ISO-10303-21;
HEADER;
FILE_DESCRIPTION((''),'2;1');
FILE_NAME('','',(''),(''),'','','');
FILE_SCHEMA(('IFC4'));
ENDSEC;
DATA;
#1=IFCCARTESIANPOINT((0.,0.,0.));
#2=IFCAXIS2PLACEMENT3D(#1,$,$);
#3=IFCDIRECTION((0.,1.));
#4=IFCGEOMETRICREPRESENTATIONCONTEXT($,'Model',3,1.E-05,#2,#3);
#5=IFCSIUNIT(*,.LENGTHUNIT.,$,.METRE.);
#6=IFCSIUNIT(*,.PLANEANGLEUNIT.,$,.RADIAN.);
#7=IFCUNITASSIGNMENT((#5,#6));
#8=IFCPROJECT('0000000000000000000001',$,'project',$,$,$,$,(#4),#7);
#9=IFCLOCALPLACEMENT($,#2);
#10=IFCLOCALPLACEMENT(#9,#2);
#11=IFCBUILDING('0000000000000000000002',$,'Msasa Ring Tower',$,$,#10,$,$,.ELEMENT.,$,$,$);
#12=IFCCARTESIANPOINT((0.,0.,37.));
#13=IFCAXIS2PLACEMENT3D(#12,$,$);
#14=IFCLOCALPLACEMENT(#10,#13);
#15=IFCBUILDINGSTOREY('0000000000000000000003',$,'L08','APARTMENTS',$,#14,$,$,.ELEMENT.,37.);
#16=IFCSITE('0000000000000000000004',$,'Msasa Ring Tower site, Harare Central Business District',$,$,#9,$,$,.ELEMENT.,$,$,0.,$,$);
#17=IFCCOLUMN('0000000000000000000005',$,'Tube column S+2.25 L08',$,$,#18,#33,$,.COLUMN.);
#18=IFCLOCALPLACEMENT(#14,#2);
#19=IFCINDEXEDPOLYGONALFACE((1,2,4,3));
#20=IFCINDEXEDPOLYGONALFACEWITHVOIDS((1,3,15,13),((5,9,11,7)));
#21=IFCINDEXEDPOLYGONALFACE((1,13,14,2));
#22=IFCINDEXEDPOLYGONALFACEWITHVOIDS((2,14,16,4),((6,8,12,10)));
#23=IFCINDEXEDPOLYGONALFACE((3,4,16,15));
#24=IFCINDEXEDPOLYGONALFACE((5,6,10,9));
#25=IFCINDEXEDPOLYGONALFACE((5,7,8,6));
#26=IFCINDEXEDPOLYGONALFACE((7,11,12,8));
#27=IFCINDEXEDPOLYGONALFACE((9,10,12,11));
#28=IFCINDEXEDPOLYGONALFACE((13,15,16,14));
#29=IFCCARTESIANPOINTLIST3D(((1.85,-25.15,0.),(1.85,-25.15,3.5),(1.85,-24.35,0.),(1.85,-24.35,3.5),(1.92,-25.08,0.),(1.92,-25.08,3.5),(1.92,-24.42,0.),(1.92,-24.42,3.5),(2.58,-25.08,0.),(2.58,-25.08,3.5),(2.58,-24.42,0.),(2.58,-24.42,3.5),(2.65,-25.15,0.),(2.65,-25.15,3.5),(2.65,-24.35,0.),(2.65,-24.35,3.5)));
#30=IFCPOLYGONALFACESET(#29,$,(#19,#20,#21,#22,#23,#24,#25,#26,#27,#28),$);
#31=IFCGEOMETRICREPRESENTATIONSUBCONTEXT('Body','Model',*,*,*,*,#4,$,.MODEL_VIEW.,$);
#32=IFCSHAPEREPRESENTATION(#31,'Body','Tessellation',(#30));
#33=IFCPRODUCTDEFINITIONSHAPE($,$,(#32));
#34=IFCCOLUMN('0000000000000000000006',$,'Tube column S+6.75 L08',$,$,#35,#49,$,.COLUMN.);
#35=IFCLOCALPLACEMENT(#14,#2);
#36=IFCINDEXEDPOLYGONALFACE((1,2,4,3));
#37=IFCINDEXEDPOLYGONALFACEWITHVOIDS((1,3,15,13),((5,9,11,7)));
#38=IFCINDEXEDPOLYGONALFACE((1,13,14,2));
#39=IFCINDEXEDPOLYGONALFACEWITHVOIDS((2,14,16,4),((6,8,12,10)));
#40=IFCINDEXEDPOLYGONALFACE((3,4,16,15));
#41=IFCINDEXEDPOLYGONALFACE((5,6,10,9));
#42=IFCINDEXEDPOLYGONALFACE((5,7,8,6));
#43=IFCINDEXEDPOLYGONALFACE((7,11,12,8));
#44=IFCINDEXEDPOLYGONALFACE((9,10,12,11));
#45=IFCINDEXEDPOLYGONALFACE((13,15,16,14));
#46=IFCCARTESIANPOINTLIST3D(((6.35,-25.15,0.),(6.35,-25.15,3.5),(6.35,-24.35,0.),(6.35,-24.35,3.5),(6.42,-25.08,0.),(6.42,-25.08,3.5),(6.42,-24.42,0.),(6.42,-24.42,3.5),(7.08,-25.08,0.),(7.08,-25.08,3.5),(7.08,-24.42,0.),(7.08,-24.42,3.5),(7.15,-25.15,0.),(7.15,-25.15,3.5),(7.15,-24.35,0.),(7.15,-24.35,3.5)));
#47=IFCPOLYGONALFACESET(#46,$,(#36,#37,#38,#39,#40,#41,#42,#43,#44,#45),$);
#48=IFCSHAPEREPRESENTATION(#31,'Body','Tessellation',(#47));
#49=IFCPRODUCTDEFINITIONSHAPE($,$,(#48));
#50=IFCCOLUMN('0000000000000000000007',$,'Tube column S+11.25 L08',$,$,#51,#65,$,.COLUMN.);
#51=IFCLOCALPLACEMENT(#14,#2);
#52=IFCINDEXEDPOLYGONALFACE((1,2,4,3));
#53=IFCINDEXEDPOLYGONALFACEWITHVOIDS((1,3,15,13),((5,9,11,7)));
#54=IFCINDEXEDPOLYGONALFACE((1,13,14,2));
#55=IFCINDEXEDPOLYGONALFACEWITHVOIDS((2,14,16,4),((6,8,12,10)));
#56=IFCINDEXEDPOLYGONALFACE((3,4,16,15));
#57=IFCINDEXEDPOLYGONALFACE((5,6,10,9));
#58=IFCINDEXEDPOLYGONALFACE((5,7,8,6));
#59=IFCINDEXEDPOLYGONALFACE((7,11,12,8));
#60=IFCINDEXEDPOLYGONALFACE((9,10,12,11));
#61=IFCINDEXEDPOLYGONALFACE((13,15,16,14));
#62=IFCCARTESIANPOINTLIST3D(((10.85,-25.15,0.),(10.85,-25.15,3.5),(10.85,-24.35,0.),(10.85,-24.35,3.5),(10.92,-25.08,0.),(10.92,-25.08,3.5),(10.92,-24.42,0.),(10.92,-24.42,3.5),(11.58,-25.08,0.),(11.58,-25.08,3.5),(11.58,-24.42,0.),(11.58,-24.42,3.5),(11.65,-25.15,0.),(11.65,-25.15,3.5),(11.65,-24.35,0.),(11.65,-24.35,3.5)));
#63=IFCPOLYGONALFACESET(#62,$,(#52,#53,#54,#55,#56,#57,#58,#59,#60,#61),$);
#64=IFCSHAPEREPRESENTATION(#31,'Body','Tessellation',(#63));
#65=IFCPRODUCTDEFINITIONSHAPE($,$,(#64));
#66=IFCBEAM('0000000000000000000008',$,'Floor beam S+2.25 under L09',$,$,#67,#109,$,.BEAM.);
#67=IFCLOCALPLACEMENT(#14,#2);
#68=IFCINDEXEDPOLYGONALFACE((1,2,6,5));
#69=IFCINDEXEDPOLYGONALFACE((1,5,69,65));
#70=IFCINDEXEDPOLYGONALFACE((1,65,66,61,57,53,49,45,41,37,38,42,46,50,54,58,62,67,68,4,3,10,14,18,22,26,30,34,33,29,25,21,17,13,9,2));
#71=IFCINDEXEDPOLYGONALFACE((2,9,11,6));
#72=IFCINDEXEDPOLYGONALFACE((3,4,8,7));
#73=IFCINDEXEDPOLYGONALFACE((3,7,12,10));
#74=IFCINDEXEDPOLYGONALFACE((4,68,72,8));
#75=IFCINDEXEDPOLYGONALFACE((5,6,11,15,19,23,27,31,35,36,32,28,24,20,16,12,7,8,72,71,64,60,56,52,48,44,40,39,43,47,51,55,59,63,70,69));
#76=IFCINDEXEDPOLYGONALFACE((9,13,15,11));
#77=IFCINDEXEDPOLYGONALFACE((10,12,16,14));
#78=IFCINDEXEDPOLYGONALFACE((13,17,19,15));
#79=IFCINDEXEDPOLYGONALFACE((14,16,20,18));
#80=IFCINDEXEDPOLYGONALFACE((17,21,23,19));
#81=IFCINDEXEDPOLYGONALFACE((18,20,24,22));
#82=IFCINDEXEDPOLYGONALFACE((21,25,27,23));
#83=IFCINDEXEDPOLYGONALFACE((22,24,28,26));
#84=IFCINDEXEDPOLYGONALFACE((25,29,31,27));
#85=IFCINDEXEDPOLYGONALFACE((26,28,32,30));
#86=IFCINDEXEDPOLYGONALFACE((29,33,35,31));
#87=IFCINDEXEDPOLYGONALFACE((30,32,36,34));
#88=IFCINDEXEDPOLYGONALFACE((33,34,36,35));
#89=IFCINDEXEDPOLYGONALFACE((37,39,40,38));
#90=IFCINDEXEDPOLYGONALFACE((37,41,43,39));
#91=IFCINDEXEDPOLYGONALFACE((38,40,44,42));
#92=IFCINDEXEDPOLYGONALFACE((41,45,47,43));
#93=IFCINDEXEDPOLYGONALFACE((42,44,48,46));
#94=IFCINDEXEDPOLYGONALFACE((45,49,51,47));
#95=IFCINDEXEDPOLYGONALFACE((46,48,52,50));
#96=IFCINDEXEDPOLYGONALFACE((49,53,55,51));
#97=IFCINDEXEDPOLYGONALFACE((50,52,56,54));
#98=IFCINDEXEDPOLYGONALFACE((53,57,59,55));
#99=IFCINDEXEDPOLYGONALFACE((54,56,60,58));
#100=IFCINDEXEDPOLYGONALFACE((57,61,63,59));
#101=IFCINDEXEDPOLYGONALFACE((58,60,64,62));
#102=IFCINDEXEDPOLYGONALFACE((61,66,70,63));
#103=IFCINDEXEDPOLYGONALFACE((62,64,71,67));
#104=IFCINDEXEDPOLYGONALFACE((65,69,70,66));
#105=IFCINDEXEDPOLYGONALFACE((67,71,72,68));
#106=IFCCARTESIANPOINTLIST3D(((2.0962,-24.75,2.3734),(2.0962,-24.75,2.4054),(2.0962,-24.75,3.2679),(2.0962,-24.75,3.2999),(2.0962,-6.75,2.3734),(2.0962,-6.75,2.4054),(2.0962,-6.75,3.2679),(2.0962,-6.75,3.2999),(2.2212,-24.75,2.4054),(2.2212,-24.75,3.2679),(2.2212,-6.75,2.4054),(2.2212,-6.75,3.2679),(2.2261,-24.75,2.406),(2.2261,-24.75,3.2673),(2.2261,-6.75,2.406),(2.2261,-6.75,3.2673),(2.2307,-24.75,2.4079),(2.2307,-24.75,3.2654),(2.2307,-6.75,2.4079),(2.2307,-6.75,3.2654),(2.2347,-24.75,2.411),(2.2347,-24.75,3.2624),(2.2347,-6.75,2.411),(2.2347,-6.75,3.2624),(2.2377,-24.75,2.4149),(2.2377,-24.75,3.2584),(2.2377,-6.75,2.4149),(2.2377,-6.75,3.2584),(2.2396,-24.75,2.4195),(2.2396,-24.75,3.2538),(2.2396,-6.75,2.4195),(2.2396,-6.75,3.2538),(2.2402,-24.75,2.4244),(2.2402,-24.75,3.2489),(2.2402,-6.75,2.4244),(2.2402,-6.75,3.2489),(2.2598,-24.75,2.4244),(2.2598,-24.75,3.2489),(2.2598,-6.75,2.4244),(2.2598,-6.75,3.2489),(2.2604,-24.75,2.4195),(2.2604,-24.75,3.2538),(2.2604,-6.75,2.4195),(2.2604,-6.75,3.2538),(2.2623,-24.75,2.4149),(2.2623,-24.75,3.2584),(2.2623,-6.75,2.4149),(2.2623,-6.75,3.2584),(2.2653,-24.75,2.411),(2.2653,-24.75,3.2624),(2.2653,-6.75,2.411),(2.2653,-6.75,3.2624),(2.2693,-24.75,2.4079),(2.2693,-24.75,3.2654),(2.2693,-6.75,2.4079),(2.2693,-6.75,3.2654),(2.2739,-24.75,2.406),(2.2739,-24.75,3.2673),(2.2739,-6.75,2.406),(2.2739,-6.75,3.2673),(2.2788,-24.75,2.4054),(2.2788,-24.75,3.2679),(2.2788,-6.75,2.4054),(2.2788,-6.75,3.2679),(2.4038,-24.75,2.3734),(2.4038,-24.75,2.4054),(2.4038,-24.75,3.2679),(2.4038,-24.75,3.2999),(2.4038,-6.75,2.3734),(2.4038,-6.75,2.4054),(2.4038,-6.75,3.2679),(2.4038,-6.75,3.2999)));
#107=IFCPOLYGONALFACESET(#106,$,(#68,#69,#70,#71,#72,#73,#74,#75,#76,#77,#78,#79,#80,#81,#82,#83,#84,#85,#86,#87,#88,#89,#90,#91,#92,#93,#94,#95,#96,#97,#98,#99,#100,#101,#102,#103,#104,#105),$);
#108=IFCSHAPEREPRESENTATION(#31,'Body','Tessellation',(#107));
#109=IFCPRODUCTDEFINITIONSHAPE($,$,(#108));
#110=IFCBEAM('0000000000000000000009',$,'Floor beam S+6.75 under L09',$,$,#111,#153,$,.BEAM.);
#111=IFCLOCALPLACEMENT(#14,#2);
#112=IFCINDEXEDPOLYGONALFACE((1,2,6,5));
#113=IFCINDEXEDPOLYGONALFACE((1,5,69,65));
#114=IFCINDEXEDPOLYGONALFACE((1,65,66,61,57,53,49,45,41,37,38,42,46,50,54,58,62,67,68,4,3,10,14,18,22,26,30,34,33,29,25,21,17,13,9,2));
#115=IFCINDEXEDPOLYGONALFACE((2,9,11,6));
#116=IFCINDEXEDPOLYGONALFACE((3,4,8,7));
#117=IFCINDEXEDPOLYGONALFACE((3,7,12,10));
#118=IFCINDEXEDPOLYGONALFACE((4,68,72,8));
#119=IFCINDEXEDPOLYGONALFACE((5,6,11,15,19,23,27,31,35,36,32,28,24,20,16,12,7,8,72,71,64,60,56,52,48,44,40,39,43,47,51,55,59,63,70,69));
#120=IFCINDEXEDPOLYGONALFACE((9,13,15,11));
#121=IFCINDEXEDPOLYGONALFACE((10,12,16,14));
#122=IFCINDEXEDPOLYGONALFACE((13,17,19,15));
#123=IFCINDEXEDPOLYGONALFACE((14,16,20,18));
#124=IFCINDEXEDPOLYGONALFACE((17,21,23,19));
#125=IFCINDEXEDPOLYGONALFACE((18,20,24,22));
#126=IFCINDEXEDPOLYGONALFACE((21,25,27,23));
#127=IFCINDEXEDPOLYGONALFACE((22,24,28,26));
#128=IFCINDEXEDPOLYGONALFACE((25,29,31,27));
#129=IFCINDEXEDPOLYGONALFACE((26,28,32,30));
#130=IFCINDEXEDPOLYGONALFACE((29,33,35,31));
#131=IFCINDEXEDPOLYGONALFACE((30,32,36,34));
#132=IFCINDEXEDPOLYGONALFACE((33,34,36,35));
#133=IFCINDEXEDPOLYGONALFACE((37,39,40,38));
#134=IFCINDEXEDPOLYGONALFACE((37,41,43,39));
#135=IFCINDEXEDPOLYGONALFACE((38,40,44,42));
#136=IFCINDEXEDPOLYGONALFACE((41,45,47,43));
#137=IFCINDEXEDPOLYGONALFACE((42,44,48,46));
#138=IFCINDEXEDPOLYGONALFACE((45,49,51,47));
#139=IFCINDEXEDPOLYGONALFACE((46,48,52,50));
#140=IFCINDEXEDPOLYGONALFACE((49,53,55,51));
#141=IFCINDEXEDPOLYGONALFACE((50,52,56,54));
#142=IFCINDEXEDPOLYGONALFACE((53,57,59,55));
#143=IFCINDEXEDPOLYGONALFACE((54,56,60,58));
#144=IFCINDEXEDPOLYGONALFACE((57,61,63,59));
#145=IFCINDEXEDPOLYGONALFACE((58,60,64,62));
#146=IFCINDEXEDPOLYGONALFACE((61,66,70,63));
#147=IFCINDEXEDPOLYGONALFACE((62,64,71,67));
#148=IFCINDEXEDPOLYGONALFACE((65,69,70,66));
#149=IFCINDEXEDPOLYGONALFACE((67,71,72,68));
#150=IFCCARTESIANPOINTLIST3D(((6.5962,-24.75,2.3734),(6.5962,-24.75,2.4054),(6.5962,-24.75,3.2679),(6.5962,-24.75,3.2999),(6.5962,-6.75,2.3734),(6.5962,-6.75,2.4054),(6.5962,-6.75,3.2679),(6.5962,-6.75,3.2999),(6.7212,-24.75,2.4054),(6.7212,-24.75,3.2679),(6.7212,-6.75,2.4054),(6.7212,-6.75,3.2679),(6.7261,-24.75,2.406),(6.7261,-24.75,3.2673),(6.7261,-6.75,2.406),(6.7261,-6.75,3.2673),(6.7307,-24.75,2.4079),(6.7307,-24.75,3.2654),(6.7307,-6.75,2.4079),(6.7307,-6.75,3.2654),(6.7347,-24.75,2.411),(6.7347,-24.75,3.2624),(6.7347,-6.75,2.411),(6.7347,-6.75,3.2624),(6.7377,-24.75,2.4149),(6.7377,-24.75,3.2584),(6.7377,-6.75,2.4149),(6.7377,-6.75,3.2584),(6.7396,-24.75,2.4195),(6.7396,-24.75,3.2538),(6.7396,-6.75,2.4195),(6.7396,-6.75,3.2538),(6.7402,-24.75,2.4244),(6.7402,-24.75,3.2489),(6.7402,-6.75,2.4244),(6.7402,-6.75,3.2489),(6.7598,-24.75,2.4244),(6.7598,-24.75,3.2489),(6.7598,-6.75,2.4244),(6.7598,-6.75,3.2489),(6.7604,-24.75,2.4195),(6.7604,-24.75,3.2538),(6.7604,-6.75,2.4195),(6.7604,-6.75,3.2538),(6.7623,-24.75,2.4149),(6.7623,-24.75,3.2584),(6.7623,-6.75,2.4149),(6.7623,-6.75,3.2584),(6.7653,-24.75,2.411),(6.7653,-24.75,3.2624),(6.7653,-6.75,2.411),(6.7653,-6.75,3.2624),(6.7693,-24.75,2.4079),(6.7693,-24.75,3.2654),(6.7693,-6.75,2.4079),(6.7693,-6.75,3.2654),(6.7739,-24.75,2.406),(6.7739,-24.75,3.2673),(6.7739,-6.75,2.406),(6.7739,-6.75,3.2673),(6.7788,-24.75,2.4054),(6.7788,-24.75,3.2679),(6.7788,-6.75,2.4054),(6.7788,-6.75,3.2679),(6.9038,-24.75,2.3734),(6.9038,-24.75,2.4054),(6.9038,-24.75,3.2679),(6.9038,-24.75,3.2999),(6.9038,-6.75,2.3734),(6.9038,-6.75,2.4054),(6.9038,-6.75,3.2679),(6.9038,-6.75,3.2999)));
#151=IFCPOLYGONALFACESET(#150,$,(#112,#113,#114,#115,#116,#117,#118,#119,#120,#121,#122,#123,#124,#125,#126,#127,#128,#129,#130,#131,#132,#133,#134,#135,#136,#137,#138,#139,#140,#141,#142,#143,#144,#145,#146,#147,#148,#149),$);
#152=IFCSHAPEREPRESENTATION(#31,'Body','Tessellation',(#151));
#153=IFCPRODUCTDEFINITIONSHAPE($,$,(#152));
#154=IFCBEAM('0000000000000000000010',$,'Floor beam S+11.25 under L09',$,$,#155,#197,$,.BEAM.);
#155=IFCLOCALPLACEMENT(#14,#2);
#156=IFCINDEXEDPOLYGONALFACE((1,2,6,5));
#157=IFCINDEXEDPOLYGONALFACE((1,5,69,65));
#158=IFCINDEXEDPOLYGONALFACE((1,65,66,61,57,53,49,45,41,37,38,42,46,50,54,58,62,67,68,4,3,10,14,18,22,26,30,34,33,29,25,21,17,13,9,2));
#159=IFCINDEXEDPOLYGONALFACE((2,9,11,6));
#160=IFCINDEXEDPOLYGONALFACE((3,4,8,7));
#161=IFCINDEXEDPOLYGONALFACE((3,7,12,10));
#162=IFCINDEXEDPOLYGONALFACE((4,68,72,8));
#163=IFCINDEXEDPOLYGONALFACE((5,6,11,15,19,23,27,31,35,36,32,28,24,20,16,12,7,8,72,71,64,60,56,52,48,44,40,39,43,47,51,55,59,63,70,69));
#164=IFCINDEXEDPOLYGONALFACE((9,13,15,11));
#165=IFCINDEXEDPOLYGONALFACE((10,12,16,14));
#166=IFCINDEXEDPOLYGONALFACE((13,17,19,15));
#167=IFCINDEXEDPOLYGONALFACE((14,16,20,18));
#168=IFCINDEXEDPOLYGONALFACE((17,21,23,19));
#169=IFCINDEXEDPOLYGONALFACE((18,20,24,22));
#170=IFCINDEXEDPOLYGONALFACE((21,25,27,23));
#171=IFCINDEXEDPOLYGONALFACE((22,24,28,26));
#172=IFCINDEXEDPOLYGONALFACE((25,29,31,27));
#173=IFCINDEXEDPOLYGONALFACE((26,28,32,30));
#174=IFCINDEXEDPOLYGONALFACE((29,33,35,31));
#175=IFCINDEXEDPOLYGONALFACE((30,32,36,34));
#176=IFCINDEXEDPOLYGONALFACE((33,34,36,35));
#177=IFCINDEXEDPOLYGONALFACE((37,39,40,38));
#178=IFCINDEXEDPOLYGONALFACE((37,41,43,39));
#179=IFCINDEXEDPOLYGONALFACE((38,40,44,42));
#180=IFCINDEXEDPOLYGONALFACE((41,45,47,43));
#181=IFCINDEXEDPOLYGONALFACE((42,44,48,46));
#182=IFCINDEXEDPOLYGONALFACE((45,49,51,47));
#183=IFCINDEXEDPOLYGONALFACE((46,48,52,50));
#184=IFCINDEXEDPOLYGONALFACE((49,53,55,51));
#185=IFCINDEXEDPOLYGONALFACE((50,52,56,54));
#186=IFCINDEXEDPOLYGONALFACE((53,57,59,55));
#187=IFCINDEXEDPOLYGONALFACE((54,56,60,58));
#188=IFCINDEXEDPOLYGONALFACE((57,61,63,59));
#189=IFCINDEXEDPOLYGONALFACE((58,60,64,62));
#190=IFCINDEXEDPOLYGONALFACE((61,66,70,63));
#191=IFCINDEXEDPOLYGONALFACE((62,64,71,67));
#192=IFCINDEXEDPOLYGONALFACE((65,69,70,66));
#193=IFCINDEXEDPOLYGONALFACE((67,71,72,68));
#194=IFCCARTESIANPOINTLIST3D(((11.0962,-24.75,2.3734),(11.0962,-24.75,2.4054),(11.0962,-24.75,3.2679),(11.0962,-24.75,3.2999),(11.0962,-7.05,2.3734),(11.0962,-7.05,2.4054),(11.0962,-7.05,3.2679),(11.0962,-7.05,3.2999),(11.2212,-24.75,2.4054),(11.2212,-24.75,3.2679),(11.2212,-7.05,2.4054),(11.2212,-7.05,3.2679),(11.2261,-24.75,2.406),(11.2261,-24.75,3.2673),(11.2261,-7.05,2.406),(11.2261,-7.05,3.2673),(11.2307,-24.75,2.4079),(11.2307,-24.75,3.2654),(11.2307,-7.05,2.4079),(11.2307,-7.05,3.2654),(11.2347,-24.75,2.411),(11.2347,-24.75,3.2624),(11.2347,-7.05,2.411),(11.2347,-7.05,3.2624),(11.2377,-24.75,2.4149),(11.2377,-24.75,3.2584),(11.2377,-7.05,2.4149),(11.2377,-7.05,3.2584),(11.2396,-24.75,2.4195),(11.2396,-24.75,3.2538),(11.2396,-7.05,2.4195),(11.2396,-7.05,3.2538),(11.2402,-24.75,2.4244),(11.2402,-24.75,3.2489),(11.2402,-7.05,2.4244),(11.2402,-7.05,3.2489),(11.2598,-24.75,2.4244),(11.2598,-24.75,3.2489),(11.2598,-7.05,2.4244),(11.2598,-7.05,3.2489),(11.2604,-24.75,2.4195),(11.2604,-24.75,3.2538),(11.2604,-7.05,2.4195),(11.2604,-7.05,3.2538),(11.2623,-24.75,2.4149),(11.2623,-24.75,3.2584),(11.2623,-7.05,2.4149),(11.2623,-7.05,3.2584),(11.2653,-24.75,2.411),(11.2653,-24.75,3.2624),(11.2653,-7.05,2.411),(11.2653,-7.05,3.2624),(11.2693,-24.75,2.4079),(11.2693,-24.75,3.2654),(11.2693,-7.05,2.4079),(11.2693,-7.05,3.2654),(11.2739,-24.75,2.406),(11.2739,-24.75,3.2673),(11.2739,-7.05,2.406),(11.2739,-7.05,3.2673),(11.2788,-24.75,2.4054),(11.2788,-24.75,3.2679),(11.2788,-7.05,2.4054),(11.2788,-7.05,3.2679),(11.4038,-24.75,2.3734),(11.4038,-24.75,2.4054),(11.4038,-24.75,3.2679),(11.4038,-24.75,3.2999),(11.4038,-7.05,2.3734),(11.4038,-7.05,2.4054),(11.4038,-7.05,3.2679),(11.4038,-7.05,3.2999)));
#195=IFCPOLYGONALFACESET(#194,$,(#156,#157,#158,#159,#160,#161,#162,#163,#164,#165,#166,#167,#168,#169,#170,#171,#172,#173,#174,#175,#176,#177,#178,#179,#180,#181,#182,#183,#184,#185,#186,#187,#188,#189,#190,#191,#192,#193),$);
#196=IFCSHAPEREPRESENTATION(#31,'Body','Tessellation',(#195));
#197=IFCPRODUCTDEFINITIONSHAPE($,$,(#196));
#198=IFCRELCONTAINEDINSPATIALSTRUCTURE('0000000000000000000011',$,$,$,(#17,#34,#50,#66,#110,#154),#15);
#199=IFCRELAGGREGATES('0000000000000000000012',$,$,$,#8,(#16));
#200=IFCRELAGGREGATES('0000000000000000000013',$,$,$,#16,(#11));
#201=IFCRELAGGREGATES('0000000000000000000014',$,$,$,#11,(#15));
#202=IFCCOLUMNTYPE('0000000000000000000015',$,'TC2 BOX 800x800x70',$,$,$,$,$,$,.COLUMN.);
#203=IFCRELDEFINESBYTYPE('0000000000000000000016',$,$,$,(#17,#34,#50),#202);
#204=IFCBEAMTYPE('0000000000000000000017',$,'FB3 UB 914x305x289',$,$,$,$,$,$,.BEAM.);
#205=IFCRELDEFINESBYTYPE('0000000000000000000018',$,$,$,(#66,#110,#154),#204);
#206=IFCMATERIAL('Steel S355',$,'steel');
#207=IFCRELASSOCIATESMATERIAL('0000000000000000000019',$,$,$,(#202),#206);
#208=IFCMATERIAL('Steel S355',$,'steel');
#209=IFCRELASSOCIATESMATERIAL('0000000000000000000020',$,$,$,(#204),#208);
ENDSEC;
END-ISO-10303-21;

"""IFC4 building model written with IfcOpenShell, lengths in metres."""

from ifc_helpers import new_model, si_unit, direction, frame, origin, origin_2d, place, context, subcontext, project, spatial, hollow_rectangle, i_section, extrude, material, material_profile, profile_set, type_object, element, save


model = new_model("IFC4")

# Units and contexts
model_context = context("Model", 3, precision=1e-05, world=origin(), true_north=direction((0.0, 1.0)))
body_context = subcontext(model_context, "Body", "Model", "MODEL_VIEW")
ifc_project = project(units=[si_unit("LENGTHUNIT", "METRE"), si_unit("PLANEANGLEUNIT", "RADIAN")], contexts=[model_context])

# Site, building, storey
site_placement = place(None, origin())
site = spatial("IfcSite", under=ifc_project, at=site_placement, Name="Msasa Ring Tower site, Harare Central Business District", CompositionType="ELEMENT", RefElevation=0.0)
building_placement = place(site_placement, origin())
building = spatial("IfcBuilding", under=site, at=building_placement, Name="Msasa Ring Tower", CompositionType="ELEMENT")
storey_placement = place(building_placement, frame((0.0, 0.0, 37.0)))
storey = spatial("IfcBuildingStorey", under=building, at=storey_placement, Name="L08", Description="APARTMENTS", CompositionType="ELEMENT", Elevation=37.0)

# Columns
ifc_material_1 = material(Name="Steel S355", Category="steel")
ifc_material_profile_1 = material_profile(ifc_material_1, hollow_rectangle(XDim=0.8, YDim=0.8, WallThickness=0.0701, at=origin_2d()), Name="BOX 800x800x70")
ifc_profile_set_1 = profile_set([ifc_material_profile_1], Name="Steel S355")
column_type = type_object("IfcColumnType", Name="TC2 BOX 800x800x70", PredefinedType="COLUMN", material=ifc_profile_set_1)
for number, where, z_axis, x_axis, name in (
    (1, (2.25, -24.75, 0.0), (0.0, 0.0, 1.0), (0.0, 1.0, 0.0), "Tube column S+2.25 L08"),
    (2, (6.75, -24.75, 0.0), (0.0, 0.0, 1.0), (0.0, 1.0, 0.0), "Tube column S+6.75 L08"),
    (3, (11.25, -24.75, 0.0), (0.0, 0.0, 1.0), (0.0, 1.0, 0.0), "Tube column S+11.25 L08"),
):
    element("IfcColumn", number, at=place(storey_placement, frame(where, z_axis=z_axis, x_axis=x_axis)), inside=storey, type_object=column_type, Name=name, PredefinedType="COLUMN", context=body_context, shape_type="SweptSolid", body=[
        extrude(hollow_rectangle(XDim=0.8, YDim=0.8, WallThickness=0.0701, at=origin_2d()), origin(), (0.0, 0.0, 1.0), 3.5),
    ])

# Beams
ifc_material_2 = material(Name="Steel S355", Category="steel")
ifc_material_profile_2 = material_profile(ifc_material_2, i_section(OverallWidth=0.3076, OverallDepth=0.9265, WebThickness=0.0195, FlangeThickness=0.032, FilletRadius=0.019, at=origin_2d()), Name="UB 914x305x289")
ifc_profile_set_2 = profile_set([ifc_material_profile_2], Name="Steel S355")
beam_type_1 = type_object("IfcBeamType", Name="FB3 UB 914x305x289", PredefinedType="BEAM", material=ifc_profile_set_2)
for number, where, z_axis, x_axis, name in (
    (4, (2.25, -24.75, 2.8367), (0.0, 1.0, 0.0), (-1.0, 0.0, 0.0), "Floor beam S+2.25 under L09"),
    (5, (6.75, -24.75, 2.8367), (0.0, 1.0, 0.0), (-1.0, 0.0, 0.0), "Floor beam S+6.75 under L09"),
):
    element("IfcBeam", number, at=place(storey_placement, frame(where, z_axis=z_axis, x_axis=x_axis)), inside=storey, type_object=beam_type_1, Name=name, PredefinedType="BEAM", context=body_context, shape_type="SweptSolid", body=[
        extrude(i_section(OverallWidth=0.3076, OverallDepth=0.9265, WebThickness=0.0195, FlangeThickness=0.032, FilletRadius=0.019, at=origin_2d()), origin(), (0.0, 0.0, 1.0), 18.0),
    ])
beam_placement = place(storey_placement, frame((11.25, -24.75, 2.8367), z_axis=(0.0, 1.0, 0.0), x_axis=(-1.0, 0.0, 0.0)))
element("IfcBeam", 6, at=beam_placement, inside=storey, type_object=beam_type_1, Name="Floor beam S+11.25 under L09", PredefinedType="BEAM", context=body_context, shape_type="SweptSolid", body=[
    extrude(i_section(OverallWidth=0.3076, OverallDepth=0.9265, WebThickness=0.0195, FlangeThickness=0.032, FilletRadius=0.019, at=origin_2d()), origin(), (0.0, 0.0, 1.0), 17.7),
])

save(model, "model.ifc")
